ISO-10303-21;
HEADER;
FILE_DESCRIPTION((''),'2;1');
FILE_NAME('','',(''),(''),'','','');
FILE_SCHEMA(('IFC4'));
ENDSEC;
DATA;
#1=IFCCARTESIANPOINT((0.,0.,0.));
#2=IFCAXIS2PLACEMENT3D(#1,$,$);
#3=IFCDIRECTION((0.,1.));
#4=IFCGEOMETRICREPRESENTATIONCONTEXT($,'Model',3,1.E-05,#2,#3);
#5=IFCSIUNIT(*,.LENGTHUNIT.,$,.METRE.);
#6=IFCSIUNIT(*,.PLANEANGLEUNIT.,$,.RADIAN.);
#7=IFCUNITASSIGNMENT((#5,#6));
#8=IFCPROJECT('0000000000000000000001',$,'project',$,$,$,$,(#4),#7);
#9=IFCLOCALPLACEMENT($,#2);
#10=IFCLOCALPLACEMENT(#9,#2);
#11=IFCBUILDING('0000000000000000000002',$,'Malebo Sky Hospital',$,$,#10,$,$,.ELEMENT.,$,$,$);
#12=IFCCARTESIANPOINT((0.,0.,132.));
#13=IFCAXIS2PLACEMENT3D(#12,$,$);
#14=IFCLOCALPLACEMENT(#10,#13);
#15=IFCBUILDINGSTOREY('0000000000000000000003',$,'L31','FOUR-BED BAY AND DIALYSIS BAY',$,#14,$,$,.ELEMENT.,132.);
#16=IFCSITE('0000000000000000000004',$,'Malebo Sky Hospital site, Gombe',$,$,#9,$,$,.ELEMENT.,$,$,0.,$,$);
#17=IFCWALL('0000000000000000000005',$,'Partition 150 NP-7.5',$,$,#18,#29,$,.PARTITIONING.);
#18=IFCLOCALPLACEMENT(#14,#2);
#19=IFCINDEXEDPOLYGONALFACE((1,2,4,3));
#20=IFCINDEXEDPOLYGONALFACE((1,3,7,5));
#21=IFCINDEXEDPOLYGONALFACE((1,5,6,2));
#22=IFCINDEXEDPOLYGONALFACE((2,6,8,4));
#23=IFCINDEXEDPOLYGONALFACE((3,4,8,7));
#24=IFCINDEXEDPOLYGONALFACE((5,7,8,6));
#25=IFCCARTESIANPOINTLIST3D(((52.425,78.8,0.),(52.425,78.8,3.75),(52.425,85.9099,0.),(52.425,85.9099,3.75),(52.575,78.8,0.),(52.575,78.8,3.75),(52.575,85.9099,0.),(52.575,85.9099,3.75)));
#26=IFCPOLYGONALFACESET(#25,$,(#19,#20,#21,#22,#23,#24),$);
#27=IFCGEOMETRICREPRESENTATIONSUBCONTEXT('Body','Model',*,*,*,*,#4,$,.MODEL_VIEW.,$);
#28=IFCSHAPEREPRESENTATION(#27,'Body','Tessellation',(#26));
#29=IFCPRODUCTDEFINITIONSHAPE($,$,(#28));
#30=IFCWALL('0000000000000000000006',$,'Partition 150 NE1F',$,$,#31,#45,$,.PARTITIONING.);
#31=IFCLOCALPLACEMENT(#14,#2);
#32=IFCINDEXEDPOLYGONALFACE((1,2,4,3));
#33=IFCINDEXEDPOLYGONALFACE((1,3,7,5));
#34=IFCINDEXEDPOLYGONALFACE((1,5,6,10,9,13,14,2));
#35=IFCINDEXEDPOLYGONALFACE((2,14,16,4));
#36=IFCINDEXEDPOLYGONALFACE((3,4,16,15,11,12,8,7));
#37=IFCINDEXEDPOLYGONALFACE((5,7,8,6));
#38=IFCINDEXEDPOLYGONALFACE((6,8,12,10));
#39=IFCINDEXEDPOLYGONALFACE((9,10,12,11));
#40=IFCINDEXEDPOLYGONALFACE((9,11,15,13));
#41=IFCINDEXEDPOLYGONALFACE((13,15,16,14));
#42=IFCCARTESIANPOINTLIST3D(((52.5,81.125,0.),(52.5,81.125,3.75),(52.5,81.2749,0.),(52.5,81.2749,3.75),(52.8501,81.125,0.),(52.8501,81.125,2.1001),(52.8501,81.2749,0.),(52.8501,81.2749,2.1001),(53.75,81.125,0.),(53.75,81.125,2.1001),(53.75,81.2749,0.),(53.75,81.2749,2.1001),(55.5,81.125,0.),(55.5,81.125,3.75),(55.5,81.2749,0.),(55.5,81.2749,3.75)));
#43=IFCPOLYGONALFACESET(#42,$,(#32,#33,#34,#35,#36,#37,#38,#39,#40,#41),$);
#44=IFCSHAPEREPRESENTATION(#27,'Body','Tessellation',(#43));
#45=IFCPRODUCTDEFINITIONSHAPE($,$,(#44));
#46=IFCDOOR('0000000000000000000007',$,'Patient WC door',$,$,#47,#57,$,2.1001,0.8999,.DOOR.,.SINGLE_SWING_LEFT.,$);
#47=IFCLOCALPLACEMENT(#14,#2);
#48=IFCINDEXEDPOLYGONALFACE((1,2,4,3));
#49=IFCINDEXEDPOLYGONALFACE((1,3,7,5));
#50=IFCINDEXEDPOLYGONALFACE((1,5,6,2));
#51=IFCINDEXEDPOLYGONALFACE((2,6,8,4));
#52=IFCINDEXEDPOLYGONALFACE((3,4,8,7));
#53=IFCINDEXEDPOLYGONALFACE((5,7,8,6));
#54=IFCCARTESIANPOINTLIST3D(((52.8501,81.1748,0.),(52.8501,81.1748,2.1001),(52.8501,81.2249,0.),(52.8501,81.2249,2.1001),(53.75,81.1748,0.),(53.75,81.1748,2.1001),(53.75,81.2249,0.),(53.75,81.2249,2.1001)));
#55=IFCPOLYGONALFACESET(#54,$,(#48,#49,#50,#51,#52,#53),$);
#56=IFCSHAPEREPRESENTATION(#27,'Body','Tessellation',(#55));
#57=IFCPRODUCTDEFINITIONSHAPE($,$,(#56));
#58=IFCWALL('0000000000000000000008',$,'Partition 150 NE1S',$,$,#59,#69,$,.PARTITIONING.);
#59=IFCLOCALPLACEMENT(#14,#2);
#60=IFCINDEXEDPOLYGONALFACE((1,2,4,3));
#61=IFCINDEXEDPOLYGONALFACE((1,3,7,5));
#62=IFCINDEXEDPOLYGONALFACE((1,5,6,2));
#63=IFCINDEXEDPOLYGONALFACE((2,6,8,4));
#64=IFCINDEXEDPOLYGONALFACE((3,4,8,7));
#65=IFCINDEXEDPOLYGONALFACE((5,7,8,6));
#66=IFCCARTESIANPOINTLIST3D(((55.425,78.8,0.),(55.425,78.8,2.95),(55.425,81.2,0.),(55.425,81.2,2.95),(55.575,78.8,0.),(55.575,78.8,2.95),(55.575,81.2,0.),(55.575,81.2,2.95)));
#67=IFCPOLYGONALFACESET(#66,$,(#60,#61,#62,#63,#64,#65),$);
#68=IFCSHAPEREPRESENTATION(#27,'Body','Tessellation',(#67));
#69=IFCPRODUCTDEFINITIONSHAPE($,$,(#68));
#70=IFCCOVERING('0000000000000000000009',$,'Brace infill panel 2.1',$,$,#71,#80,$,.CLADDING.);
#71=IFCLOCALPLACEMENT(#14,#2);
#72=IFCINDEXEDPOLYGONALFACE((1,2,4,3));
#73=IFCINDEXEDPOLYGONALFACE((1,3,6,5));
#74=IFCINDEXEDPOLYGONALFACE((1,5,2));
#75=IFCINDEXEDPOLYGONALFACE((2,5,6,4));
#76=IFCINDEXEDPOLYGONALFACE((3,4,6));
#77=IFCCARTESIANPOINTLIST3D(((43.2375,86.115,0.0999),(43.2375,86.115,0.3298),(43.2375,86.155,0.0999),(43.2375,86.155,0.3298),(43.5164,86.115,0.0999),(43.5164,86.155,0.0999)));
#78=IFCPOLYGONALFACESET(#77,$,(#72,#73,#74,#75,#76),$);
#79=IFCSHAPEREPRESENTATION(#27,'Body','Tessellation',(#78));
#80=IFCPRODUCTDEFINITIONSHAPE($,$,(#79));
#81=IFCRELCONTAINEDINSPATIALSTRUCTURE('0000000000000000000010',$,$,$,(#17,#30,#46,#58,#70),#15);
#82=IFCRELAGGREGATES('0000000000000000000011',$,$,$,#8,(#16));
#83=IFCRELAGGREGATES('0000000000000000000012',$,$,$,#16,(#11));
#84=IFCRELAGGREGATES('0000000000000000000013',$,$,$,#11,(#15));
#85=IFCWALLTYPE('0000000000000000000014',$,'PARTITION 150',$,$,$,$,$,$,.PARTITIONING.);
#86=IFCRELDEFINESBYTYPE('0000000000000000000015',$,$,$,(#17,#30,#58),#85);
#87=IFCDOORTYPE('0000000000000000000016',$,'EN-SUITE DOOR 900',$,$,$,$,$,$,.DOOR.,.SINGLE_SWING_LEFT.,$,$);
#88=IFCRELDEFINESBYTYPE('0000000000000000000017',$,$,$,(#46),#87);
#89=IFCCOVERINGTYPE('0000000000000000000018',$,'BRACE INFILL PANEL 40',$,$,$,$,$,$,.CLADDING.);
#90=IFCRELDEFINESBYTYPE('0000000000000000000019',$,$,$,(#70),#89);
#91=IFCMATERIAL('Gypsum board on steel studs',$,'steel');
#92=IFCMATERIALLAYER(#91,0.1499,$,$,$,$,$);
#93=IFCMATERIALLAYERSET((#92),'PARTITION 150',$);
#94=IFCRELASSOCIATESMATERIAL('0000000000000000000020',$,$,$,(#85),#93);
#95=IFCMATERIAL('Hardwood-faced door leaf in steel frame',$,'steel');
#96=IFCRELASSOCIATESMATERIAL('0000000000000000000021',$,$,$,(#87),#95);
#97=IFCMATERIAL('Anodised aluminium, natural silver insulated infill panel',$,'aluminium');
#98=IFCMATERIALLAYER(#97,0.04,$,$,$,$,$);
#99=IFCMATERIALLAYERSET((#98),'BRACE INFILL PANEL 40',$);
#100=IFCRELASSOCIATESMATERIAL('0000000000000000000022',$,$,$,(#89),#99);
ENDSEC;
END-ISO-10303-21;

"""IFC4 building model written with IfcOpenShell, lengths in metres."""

from ifc_helpers import new_model, si_unit, direction, frame, frame_2d, origin, place, context, subcontext, project, spatial, polyline, rectangle, outline, extrude, material, layer, layer_set, type_object, element, fill, save


model = new_model("IFC4")

# Units and contexts
model_context = context("Model", 3, precision=1e-05, world=origin(), true_north=direction((0.0, 1.0)))
body_context = subcontext(model_context, "Body", "Model", "MODEL_VIEW")
ifc_project = project(units=[si_unit("LENGTHUNIT", "METRE"), si_unit("PLANEANGLEUNIT", "RADIAN")], contexts=[model_context])

# Site, building, storey
site_placement = place(None, origin())
site = spatial("IfcSite", under=ifc_project, at=site_placement, Name="Malebo Sky Hospital site, Gombe", CompositionType="ELEMENT", RefElevation=0.0)
building_placement = place(site_placement, origin())
building = spatial("IfcBuilding", under=site, at=building_placement, Name="Malebo Sky Hospital", CompositionType="ELEMENT")
storey_placement = place(building_placement, frame((0.0, 0.0, 132.0)))
storey = spatial("IfcBuildingStorey", under=building, at=storey_placement, Name="L31", Description="FOUR-BED BAY AND DIALYSIS BAY", CompositionType="ELEMENT", Elevation=132.0)

# Wall
ifc_material_1 = material(Name="Gypsum board on steel studs", Category="steel")
ifc_layer_1 = layer(ifc_material_1, 0.1499)
ifc_layer_set_1 = layer_set([ifc_layer_1], Name="PARTITION 150")
wall_type = type_object("IfcWallType", Name="PARTITION 150", PredefinedType="PARTITIONING", material=ifc_layer_set_1)
wall_1_placement = place(storey_placement, frame((52.5, 78.8, 0.0), z_axis=(0.0, 0.0, 1.0), x_axis=(0.0, 1.0, 0.0)))
element("IfcWall", 1, at=wall_1_placement, inside=storey, type_object=wall_type, Name="Partition 150 NP-7.5", PredefinedType="PARTITIONING", context=body_context, shape_type="SweptSolid", body=[
    extrude(rectangle(XDim=7.1099, YDim=0.1499, at=frame_2d((3.5549, 0.0))), origin(), (0.0, 0.0, 1.0), 3.75),
])

# Wall, opening, door
wall_2_placement = place(storey_placement, frame((52.5, 81.2, 0.0), z_axis=(0.0, 0.0, 1.0), x_axis=(1.0, 0.0, 0.0)))
wall_2 = element("IfcWall", 2, at=wall_2_placement, inside=storey, type_object=wall_type, Name="Partition 150 NE1F", PredefinedType="PARTITIONING", context=body_context, shape_type="SweptSolid", body=[
    extrude(rectangle(XDim=3.0, YDim=0.1499, at=frame_2d((1.5, 0.0))), origin(), (0.0, 0.0, 1.0), 3.75),
])
opening_placement = place(wall_2_placement, frame((0.3501, 0.0, 0.0)))
opening = element("IfcOpeningElement", 3, at=opening_placement, cuts=wall_2, PredefinedType="OPENING", context=body_context, shape_type="SweptSolid", body=[
    extrude(rectangle(XDim=0.8999, YDim=2.1001, at=frame_2d((0.45, 1.05))), frame((0.0, 0.085, 0.0), z_axis=(0.0, -1.0, 0.0), x_axis=(1.0, 0.0, 0.0)), (0.0, 0.0, 1.0), 0.1699),
])
ifc_material_2 = material(Name="Hardwood-faced door leaf in steel frame", Category="steel")
door_type = type_object("IfcDoorType", Name="EN-SUITE DOOR 900", OperationType="SINGLE_SWING_LEFT", PredefinedType="DOOR", material=ifc_material_2)
door_placement = place(opening_placement, origin())
door = element("IfcDoor", 4, at=door_placement, inside=storey, type_object=door_type, Name="Patient WC door", OperationType="SINGLE_SWING_LEFT", OverallHeight=2.1001, OverallWidth=0.8999, PredefinedType="DOOR", context=body_context, shape_type="SweptSolid", body=[
    extrude(rectangle(XDim=0.8999, YDim=2.1001, at=frame_2d((0.45, 1.05))), frame((0.0, 0.0249, 0.0), z_axis=(0.0, -1.0, 0.0), x_axis=(1.0, 0.0, 0.0)), (0.0, 0.0, 1.0), 0.05),
])
fill(opening, door)

# Wall
wall_3_placement = place(storey_placement, frame((55.5, 78.8, 0.0), z_axis=(0.0, 0.0, 1.0), x_axis=(0.0, 1.0, 0.0)))
element("IfcWall", 5, at=wall_3_placement, inside=storey, type_object=wall_type, Name="Partition 150 NE1S", PredefinedType="PARTITIONING", context=body_context, shape_type="SweptSolid", body=[
    extrude(rectangle(XDim=2.3999, YDim=0.1499, at=frame_2d((1.2, 0.0))), origin(), (0.0, 0.0, 1.0), 2.95),
])

# Covering
ifc_material_3 = material(Name="Anodised aluminium, natural silver insulated infill panel", Category="aluminium")
ifc_layer_2 = layer(ifc_material_3, 0.04)
ifc_layer_set_2 = layer_set([ifc_layer_2], Name="BRACE INFILL PANEL 40")
covering_type = type_object("IfcCoveringType", Name="BRACE INFILL PANEL 40", PredefinedType="CLADDING", material=ifc_layer_set_2)
covering_placement = place(storey_placement, frame((43.377, 86.135, 0.0999), z_axis=(0.0, 0.0, 1.0), x_axis=(1.0, 0.0, 0.0)))
element("IfcCovering", 6, at=covering_placement, inside=storey, type_object=covering_type, Name="Brace infill panel 2.1", PredefinedType="CLADDING", context=body_context, shape_type="SweptSolid", body=[
    extrude(outline(polyline([(-0.1394, 0.0), (0.1394, 0.0), (-0.1394, 0.23), (-0.1394, 0.0)])), frame((0.0, 0.02, 0.0), z_axis=(0.0, -1.0, 0.0), x_axis=(1.0, 0.0, 0.0)), (0.0, 0.0, 1.0), 0.04),
])

save(model, "model.ifc")
